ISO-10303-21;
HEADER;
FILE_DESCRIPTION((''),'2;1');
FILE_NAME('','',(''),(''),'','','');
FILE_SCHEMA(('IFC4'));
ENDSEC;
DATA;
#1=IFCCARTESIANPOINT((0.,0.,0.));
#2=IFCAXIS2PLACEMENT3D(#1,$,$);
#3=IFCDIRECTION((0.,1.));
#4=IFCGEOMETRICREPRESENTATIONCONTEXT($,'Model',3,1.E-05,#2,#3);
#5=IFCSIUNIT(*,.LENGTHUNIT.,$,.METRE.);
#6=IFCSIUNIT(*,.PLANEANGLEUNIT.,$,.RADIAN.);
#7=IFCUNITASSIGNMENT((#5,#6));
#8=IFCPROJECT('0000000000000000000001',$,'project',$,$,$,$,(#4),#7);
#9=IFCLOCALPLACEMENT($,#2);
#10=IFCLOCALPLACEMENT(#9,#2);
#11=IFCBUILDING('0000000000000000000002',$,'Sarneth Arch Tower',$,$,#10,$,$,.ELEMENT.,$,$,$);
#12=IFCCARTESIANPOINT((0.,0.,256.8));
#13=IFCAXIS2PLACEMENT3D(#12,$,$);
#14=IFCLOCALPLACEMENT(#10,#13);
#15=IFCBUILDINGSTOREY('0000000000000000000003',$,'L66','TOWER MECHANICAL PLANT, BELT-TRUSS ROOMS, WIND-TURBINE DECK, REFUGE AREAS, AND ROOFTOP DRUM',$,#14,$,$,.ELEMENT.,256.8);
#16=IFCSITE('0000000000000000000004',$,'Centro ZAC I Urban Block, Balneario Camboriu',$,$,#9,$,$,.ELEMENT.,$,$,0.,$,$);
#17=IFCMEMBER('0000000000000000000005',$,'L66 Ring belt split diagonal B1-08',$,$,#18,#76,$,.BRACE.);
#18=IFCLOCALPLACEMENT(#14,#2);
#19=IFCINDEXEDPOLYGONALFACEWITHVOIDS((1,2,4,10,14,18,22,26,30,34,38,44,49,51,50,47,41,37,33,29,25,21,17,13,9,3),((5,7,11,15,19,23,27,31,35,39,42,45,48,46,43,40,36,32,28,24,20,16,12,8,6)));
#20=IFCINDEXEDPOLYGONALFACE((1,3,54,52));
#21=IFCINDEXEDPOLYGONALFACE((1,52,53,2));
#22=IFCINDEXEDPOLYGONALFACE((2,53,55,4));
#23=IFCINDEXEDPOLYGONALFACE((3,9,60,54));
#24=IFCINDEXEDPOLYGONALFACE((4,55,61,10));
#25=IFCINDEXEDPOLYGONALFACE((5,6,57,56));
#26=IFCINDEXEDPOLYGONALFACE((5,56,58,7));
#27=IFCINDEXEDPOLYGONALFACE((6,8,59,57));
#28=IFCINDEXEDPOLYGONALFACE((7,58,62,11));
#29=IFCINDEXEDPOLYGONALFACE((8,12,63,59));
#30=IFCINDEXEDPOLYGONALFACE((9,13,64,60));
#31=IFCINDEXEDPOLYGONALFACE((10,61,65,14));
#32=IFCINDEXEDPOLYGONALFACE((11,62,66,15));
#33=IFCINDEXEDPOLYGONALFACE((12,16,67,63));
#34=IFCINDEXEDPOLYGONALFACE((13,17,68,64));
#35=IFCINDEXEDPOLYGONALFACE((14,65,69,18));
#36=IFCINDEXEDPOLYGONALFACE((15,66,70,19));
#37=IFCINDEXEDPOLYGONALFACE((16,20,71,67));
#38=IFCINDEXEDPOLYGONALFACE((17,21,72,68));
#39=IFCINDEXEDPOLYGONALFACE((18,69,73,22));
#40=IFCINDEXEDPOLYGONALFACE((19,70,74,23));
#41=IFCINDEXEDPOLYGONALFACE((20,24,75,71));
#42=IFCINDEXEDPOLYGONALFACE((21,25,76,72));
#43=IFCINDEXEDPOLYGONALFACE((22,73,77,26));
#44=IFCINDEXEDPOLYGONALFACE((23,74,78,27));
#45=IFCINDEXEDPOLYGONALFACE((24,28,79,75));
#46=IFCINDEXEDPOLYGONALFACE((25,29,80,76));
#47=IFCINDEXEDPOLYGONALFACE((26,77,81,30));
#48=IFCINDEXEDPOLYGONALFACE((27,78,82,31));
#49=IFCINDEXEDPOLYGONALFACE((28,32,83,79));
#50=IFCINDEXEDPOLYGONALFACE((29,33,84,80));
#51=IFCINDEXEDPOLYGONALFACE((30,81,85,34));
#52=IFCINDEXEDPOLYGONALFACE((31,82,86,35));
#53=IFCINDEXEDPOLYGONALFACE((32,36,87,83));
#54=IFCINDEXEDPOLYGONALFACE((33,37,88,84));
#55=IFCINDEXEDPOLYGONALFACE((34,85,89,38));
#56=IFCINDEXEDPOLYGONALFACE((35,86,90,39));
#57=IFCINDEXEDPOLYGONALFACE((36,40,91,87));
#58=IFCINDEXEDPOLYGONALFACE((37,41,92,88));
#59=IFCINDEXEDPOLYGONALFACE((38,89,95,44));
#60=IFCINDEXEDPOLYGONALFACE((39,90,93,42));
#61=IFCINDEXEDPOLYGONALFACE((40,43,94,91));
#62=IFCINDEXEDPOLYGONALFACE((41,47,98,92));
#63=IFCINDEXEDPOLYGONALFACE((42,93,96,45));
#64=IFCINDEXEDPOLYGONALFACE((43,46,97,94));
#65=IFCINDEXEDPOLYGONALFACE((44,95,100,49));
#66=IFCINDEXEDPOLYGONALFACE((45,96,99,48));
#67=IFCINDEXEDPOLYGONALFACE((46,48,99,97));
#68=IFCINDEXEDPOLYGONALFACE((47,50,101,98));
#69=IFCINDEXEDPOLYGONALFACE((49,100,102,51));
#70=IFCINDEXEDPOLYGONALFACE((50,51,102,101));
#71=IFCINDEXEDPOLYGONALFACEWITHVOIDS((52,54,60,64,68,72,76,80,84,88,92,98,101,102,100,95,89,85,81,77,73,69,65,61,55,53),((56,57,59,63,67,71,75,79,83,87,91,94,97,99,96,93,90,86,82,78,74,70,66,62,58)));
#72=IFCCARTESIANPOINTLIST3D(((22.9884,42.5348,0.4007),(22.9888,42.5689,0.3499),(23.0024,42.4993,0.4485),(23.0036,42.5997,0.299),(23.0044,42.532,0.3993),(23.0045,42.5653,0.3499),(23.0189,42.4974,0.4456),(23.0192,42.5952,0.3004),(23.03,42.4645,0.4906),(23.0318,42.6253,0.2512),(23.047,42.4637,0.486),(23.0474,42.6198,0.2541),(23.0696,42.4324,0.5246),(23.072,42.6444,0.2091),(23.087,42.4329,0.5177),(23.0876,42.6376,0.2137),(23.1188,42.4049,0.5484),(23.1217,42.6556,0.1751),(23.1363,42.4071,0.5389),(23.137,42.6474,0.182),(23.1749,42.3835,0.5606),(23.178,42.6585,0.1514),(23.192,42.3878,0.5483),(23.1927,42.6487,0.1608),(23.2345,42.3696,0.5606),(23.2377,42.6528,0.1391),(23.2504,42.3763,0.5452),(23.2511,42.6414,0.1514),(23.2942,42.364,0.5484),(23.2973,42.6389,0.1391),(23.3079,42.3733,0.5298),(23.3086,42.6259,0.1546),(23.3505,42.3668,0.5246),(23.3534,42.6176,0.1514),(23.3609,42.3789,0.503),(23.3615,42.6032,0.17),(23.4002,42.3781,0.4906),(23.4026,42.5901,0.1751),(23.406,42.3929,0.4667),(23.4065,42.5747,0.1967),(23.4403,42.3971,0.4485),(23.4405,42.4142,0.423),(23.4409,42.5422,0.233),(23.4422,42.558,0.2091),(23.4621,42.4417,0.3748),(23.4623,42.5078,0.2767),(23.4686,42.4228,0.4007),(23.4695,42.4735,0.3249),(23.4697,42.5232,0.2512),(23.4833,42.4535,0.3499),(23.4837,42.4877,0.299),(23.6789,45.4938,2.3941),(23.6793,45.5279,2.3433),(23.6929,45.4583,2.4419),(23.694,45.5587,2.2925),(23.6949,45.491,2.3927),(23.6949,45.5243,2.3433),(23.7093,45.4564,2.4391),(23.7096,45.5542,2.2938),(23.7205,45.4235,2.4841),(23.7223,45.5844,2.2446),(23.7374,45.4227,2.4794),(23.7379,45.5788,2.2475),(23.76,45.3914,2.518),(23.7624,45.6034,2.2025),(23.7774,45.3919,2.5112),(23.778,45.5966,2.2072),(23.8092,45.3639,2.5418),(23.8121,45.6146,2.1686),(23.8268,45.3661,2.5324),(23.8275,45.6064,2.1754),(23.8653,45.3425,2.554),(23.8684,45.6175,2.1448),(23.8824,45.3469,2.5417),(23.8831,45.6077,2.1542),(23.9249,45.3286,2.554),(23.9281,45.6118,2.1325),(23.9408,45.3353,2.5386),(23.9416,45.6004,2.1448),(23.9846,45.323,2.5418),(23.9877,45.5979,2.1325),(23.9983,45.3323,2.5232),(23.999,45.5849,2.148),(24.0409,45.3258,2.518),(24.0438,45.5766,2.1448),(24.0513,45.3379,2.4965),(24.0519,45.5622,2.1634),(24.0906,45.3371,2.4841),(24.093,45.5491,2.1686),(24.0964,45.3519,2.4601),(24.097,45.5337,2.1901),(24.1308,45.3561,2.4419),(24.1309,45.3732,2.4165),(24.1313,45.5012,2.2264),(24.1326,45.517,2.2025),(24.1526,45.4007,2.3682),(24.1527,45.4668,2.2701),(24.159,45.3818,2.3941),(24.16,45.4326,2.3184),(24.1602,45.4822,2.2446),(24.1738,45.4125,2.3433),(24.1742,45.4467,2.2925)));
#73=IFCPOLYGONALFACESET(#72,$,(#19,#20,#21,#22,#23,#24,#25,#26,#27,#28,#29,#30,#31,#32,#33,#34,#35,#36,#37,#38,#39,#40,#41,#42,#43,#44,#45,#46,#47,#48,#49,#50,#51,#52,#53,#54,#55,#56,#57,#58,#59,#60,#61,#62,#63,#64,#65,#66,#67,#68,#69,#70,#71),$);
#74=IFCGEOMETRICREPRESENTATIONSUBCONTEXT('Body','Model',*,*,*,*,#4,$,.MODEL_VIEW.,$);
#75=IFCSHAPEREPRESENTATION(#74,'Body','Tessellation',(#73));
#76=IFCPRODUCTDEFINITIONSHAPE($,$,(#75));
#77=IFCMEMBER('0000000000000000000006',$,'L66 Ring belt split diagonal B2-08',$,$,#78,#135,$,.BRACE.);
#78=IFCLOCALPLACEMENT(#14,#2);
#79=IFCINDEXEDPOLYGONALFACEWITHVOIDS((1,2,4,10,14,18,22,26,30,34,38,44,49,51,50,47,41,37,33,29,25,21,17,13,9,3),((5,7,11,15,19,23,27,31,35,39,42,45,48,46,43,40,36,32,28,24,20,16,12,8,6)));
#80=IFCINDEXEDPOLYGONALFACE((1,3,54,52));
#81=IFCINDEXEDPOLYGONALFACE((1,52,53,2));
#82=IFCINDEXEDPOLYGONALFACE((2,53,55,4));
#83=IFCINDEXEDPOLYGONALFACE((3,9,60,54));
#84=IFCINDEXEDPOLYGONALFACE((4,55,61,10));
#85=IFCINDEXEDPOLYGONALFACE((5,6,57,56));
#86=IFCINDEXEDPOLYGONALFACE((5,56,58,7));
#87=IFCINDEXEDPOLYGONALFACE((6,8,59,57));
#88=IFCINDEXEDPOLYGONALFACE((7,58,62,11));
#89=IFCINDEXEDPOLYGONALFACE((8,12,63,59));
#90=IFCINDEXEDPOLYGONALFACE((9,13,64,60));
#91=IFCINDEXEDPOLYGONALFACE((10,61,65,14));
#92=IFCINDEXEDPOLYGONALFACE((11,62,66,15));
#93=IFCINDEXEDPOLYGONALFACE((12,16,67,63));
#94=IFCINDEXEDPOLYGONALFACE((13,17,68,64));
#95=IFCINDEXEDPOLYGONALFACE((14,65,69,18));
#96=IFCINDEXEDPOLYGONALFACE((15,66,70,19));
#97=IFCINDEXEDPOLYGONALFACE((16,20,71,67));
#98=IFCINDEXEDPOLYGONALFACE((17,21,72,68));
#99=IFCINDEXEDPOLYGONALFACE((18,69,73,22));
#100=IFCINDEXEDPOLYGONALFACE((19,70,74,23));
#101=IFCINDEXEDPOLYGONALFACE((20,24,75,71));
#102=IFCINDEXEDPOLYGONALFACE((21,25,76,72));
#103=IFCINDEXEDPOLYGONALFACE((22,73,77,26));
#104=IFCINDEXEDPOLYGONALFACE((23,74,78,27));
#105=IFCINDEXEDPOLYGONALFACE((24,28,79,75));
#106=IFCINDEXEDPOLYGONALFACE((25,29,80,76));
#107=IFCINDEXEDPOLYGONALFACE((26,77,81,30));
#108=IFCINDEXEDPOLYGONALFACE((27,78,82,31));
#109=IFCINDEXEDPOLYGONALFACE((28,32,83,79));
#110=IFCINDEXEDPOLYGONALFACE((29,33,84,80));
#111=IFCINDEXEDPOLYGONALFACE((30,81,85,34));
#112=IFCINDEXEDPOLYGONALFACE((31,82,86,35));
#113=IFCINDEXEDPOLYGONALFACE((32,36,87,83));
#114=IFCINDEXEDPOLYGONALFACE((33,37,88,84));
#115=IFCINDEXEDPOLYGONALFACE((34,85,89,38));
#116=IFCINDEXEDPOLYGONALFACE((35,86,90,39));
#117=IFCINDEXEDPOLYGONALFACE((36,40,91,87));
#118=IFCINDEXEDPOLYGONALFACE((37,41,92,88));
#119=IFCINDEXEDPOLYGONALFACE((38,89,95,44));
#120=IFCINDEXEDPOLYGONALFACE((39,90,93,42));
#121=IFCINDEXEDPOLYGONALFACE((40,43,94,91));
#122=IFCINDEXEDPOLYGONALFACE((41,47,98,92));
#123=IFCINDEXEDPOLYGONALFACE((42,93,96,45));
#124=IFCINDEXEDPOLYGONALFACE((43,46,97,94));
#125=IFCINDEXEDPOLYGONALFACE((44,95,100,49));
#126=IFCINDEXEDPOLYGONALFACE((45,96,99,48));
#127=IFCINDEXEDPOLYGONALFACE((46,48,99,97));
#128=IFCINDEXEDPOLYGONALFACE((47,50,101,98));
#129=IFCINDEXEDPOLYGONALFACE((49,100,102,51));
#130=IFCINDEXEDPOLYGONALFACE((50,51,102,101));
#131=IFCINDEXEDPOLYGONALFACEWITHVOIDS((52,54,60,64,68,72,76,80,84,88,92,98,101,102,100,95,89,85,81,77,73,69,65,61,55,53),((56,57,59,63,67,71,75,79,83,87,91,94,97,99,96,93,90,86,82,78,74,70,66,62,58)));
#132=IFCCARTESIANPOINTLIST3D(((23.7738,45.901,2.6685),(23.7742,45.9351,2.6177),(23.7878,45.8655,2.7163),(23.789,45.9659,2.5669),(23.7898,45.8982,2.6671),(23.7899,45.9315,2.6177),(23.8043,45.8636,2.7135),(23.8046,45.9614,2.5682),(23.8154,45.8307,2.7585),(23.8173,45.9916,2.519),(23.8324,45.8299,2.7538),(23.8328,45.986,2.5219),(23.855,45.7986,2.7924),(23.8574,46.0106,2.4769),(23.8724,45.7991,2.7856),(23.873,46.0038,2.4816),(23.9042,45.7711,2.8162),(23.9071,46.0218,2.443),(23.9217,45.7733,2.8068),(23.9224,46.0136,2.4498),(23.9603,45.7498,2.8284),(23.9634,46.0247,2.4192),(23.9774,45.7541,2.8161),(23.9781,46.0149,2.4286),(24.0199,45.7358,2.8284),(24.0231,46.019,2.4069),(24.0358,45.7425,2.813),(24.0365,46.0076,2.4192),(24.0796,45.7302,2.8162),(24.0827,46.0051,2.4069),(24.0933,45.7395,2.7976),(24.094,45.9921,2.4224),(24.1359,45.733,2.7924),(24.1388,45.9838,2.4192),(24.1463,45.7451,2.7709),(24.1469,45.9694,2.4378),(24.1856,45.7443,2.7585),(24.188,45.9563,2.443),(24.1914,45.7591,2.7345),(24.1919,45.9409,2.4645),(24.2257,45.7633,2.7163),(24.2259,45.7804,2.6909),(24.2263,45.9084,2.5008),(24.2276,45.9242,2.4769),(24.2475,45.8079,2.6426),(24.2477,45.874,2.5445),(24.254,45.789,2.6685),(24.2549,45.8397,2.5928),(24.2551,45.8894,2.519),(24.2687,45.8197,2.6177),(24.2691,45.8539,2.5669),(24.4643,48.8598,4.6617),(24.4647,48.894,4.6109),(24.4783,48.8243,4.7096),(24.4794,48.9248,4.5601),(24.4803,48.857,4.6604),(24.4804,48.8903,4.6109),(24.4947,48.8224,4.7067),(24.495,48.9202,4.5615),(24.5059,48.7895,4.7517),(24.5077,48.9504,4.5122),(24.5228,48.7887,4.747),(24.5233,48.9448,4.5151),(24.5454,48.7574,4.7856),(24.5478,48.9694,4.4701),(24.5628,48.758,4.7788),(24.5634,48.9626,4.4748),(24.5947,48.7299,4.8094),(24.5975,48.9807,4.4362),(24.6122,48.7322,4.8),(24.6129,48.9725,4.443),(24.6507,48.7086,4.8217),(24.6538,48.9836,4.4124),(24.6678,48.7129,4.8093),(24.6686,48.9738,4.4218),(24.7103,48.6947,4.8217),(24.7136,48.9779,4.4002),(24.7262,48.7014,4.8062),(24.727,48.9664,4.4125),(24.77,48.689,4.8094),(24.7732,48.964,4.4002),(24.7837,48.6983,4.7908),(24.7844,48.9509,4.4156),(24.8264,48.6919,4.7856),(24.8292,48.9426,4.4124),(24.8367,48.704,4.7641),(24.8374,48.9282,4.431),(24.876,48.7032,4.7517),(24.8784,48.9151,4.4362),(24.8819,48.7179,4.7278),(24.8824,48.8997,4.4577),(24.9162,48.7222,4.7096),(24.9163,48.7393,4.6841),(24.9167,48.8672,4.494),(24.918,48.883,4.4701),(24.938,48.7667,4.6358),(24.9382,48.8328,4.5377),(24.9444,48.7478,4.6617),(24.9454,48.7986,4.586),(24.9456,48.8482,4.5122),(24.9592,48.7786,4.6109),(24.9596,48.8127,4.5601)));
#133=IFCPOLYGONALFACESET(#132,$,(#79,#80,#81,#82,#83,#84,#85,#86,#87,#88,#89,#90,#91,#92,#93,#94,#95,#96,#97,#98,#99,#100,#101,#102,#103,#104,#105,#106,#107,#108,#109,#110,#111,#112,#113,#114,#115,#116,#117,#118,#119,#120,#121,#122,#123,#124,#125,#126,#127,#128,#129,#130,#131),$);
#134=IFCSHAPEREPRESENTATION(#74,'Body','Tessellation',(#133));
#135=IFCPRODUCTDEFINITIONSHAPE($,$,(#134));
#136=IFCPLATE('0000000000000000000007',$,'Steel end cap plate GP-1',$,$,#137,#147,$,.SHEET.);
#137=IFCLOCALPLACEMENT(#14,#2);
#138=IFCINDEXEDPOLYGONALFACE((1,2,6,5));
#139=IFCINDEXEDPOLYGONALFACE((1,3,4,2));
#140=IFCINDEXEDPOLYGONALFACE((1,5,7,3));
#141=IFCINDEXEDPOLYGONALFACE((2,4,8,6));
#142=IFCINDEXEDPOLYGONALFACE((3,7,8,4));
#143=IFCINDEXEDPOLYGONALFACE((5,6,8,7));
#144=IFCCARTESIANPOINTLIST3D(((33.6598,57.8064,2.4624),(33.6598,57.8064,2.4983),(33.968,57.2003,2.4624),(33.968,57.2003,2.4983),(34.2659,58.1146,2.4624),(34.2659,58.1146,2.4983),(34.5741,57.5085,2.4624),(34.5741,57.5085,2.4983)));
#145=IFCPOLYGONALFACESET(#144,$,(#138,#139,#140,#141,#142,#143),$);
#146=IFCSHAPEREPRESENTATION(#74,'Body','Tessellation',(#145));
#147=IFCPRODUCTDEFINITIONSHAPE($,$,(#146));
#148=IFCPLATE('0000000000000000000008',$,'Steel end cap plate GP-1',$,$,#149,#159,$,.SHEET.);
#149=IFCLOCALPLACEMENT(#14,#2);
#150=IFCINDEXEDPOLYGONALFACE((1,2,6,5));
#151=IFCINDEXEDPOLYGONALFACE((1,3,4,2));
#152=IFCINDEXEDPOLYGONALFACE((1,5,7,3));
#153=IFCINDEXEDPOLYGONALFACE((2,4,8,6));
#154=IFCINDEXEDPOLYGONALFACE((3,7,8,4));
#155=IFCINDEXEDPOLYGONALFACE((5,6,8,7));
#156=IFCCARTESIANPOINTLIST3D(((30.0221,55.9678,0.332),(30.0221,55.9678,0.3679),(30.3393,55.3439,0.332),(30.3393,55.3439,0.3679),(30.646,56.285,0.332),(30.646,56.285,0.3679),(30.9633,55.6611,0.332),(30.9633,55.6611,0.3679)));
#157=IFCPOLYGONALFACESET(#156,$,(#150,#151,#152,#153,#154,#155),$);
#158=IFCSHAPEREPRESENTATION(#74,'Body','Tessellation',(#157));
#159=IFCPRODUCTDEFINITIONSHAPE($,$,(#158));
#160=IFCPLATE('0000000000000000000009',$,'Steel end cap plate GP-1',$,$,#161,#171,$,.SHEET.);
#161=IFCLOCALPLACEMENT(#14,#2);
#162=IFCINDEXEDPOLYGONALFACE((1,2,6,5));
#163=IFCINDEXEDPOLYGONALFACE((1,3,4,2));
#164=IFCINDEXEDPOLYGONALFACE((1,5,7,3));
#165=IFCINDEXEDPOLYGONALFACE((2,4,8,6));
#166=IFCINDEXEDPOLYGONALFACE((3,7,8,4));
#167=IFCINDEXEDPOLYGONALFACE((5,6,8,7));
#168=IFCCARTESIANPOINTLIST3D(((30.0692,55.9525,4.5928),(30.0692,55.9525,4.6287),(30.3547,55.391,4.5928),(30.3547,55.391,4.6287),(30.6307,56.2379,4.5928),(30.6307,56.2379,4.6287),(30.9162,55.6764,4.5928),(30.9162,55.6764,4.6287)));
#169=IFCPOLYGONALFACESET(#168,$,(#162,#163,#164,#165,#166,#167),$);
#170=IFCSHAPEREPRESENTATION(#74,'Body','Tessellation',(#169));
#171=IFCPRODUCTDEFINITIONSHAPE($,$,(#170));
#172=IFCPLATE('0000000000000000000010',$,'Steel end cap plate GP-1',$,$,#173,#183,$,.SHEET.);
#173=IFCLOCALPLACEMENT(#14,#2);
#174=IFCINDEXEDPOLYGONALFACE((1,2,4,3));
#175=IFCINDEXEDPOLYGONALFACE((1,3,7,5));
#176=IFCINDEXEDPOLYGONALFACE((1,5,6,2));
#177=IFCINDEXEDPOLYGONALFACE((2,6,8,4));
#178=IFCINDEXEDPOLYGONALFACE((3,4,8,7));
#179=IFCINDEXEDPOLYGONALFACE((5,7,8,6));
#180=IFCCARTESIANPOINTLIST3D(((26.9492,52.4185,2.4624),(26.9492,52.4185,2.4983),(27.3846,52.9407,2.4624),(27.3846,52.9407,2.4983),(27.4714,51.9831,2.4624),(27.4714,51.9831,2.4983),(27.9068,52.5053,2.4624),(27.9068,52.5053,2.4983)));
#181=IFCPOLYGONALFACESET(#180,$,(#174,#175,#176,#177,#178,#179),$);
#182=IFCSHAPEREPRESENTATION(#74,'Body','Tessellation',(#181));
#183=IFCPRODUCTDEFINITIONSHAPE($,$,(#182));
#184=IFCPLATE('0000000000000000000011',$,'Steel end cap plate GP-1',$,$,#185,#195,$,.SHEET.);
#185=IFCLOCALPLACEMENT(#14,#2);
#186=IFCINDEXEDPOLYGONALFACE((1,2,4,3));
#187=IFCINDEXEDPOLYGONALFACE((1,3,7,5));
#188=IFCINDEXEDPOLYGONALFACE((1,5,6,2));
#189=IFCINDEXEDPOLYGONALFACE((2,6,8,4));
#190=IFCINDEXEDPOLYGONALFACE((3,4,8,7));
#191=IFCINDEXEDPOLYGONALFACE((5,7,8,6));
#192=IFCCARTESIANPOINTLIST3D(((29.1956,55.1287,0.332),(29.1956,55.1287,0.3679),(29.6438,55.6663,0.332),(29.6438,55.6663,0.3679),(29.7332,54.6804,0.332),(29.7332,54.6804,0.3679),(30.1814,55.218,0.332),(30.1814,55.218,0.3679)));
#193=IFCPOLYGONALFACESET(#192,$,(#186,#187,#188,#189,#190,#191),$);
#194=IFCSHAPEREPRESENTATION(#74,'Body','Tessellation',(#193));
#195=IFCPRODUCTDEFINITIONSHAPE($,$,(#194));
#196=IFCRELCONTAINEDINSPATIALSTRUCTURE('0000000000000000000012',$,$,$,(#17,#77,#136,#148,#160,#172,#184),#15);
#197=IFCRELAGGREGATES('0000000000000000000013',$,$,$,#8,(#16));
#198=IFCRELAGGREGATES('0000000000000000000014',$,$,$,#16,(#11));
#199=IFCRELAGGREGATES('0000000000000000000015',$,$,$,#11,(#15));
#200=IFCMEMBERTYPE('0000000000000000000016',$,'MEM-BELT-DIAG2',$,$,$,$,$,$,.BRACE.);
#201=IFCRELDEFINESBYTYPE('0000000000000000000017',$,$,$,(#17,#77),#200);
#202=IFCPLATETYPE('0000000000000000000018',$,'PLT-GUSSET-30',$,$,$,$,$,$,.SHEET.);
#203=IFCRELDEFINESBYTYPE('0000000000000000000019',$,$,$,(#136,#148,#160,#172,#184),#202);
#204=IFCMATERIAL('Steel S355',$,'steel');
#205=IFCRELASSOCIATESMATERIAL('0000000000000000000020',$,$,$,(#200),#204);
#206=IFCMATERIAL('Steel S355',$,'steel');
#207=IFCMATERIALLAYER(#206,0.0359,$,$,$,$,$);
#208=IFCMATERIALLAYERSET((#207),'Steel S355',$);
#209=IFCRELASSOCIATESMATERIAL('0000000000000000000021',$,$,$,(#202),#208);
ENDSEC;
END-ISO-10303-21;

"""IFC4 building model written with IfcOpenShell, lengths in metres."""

from ifc_helpers import new_model, si_unit, direction, frame, origin, origin_2d, place, context, subcontext, project, spatial, rectangle, hollow_circle, extrude, material, layer, layer_set, material_profile, profile_set, type_object, element, save


model = new_model("IFC4")

# Units and contexts
model_context = context("Model", 3, precision=1e-05, world=origin(), true_north=direction((0.0, 1.0)))
body_context = subcontext(model_context, "Body", "Model", "MODEL_VIEW")
ifc_project = project(units=[si_unit("LENGTHUNIT", "METRE"), si_unit("PLANEANGLEUNIT", "RADIAN")], contexts=[model_context])

# Site, building, storey
site_placement = place(None, origin())
site = spatial("IfcSite", under=ifc_project, at=site_placement, Name="Centro ZAC I Urban Block, Balneario Camboriu", CompositionType="ELEMENT", RefElevation=0.0)
building_placement = place(site_placement, origin())
building = spatial("IfcBuilding", under=site, at=building_placement, Name="Sarneth Arch Tower", CompositionType="ELEMENT")
storey_placement = place(building_placement, frame((0.0, 0.0, 256.8)))
storey = spatial("IfcBuildingStorey", under=building, at=storey_placement, Name="L66", Description="TOWER MECHANICAL PLANT, BELT-TRUSS ROOMS, WIND-TURBINE DECK, REFUGE AREAS, AND ROOFTOP DRUM", CompositionType="ELEMENT", Elevation=256.8)

# Members
ifc_material_1 = material(Name="Steel S355", Category="steel")
ifc_material_profile_1 = material_profile(ifc_material_1, hollow_circle(Radius=0.2539, WallThickness=0.0161, at=origin_2d()), Name="CHS508x16")
ifc_profile_set_1 = profile_set([ifc_material_profile_1], Name="Steel S355")
member_type_1 = type_object("IfcMemberType", Name="MEM-BELT-DIAG2", PredefinedType="BRACE", material=ifc_profile_set_1)
member_1_placement = place(storey_placement, frame((23.2361, 42.5112, 0.3499), z_axis=(0.189992, 0.81425, 0.548544), x_axis=(-0.973841, 0.22723, 0.0)))
element("IfcMember", 1, at=member_1_placement, inside=storey, type_object=member_type_1, Name="L66 Ring belt split diagonal B1-08", PredefinedType="BRACE", context=body_context, shape_type="SweptSolid", body=[
    extrude(hollow_circle(Radius=0.2539, WallThickness=0.0161, at=origin_2d()), origin(), (0.0, 0.0, 1.0), 3.634),
])
member_2_placement = place(storey_placement, frame((24.0215, 45.8774, 2.6177), z_axis=(0.190009, 0.814257, 0.548527), x_axis=(-0.973837, 0.227247, 0.0)))
element("IfcMember", 2, at=member_2_placement, inside=storey, type_object=member_type_1, Name="L66 Ring belt split diagonal B2-08", PredefinedType="BRACE", context=body_context, shape_type="SweptSolid", body=[
    extrude(hollow_circle(Radius=0.2539, WallThickness=0.0161, at=origin_2d()), origin(), (0.0, 0.0, 1.0), 3.6338),
])

# Plates
ifc_material_2 = material(Name="Steel S355", Category="steel")
ifc_layer_1 = layer(ifc_material_2, 0.0359)
ifc_layer_set_1 = layer_set([ifc_layer_1], Name="Steel S355")
plate_type = type_object("IfcPlateType", Name="PLT-GUSSET-30", PredefinedType="SHEET", material=ifc_layer_set_1)
plate_1_placement = place(storey_placement, frame((34.1169, 57.6575, 2.4624), z_axis=(0.0, 0.0, 1.0), x_axis=(-0.891402, -0.453213, 0.0)))
element("IfcPlate", 3, at=plate_1_placement, inside=storey, type_object=plate_type, Name="Steel end cap plate GP-1", PredefinedType="SHEET", context=body_context, shape_type="SweptSolid", body=[
    extrude(rectangle(XDim=0.6799, YDim=0.6799, at=origin_2d()), origin(), (0.0, 0.0, 1.0), 0.0359),
])
plate_2_placement = place(storey_placement, frame((30.4927, 55.8145, 0.332), z_axis=(0.0, 0.0, 1.0), x_axis=(-0.891402, -0.453213, 0.0)))
element("IfcPlate", 4, at=plate_2_placement, inside=storey, type_object=plate_type, Name="Steel end cap plate GP-1", PredefinedType="SHEET", context=body_context, shape_type="SweptSolid", body=[
    extrude(rectangle(XDim=0.7, YDim=0.7, at=origin_2d()), origin(), (0.0, 0.0, 1.0), 0.0359),
])
plate_3_placement = place(storey_placement, frame((30.4927, 55.8145, 4.5928), z_axis=(0.0, 0.0, 1.0), x_axis=(-0.891402, -0.453213, 0.0)))
element("IfcPlate", 5, at=plate_3_placement, inside=storey, type_object=plate_type, Name="Steel end cap plate GP-1", PredefinedType="SHEET", context=body_context, shape_type="SweptSolid", body=[
    extrude(rectangle(XDim=0.6299, YDim=0.6299, at=origin_2d()), origin(), (0.0, 0.0, 1.0), 0.0359),
])
plate_4_placement = place(storey_placement, frame((27.428, 52.4619, 2.4624), z_axis=(0.0, 0.0, 1.0), x_axis=(-0.640378, -0.76806, 0.0)))
element("IfcPlate", 6, at=plate_4_placement, inside=storey, type_object=plate_type, Name="Steel end cap plate GP-1", PredefinedType="SHEET", context=body_context, shape_type="SweptSolid", body=[
    extrude(rectangle(XDim=0.6799, YDim=0.6799, at=origin_2d()), origin(), (0.0, 0.0, 1.0), 0.0359),
])
for number, where, z_axis, x_axis, name in (
    (7, (29.6885, 55.1733, 0.332), (0.0, 0.0, 1.0), (0.640378, 0.76806, 0.0), "Steel end cap plate GP-1"),
):
    element("IfcPlate", number, at=place(storey_placement, frame(where, z_axis=z_axis, x_axis=x_axis)), inside=storey, type_object=plate_type, Name=name, PredefinedType="SHEET", context=body_context, shape_type="SweptSolid", body=[
        extrude(rectangle(XDim=0.7, YDim=0.7, at=origin_2d()), origin(), (0.0, 0.0, 1.0), 0.0359),
    ])

save(model, "model.ifc")
